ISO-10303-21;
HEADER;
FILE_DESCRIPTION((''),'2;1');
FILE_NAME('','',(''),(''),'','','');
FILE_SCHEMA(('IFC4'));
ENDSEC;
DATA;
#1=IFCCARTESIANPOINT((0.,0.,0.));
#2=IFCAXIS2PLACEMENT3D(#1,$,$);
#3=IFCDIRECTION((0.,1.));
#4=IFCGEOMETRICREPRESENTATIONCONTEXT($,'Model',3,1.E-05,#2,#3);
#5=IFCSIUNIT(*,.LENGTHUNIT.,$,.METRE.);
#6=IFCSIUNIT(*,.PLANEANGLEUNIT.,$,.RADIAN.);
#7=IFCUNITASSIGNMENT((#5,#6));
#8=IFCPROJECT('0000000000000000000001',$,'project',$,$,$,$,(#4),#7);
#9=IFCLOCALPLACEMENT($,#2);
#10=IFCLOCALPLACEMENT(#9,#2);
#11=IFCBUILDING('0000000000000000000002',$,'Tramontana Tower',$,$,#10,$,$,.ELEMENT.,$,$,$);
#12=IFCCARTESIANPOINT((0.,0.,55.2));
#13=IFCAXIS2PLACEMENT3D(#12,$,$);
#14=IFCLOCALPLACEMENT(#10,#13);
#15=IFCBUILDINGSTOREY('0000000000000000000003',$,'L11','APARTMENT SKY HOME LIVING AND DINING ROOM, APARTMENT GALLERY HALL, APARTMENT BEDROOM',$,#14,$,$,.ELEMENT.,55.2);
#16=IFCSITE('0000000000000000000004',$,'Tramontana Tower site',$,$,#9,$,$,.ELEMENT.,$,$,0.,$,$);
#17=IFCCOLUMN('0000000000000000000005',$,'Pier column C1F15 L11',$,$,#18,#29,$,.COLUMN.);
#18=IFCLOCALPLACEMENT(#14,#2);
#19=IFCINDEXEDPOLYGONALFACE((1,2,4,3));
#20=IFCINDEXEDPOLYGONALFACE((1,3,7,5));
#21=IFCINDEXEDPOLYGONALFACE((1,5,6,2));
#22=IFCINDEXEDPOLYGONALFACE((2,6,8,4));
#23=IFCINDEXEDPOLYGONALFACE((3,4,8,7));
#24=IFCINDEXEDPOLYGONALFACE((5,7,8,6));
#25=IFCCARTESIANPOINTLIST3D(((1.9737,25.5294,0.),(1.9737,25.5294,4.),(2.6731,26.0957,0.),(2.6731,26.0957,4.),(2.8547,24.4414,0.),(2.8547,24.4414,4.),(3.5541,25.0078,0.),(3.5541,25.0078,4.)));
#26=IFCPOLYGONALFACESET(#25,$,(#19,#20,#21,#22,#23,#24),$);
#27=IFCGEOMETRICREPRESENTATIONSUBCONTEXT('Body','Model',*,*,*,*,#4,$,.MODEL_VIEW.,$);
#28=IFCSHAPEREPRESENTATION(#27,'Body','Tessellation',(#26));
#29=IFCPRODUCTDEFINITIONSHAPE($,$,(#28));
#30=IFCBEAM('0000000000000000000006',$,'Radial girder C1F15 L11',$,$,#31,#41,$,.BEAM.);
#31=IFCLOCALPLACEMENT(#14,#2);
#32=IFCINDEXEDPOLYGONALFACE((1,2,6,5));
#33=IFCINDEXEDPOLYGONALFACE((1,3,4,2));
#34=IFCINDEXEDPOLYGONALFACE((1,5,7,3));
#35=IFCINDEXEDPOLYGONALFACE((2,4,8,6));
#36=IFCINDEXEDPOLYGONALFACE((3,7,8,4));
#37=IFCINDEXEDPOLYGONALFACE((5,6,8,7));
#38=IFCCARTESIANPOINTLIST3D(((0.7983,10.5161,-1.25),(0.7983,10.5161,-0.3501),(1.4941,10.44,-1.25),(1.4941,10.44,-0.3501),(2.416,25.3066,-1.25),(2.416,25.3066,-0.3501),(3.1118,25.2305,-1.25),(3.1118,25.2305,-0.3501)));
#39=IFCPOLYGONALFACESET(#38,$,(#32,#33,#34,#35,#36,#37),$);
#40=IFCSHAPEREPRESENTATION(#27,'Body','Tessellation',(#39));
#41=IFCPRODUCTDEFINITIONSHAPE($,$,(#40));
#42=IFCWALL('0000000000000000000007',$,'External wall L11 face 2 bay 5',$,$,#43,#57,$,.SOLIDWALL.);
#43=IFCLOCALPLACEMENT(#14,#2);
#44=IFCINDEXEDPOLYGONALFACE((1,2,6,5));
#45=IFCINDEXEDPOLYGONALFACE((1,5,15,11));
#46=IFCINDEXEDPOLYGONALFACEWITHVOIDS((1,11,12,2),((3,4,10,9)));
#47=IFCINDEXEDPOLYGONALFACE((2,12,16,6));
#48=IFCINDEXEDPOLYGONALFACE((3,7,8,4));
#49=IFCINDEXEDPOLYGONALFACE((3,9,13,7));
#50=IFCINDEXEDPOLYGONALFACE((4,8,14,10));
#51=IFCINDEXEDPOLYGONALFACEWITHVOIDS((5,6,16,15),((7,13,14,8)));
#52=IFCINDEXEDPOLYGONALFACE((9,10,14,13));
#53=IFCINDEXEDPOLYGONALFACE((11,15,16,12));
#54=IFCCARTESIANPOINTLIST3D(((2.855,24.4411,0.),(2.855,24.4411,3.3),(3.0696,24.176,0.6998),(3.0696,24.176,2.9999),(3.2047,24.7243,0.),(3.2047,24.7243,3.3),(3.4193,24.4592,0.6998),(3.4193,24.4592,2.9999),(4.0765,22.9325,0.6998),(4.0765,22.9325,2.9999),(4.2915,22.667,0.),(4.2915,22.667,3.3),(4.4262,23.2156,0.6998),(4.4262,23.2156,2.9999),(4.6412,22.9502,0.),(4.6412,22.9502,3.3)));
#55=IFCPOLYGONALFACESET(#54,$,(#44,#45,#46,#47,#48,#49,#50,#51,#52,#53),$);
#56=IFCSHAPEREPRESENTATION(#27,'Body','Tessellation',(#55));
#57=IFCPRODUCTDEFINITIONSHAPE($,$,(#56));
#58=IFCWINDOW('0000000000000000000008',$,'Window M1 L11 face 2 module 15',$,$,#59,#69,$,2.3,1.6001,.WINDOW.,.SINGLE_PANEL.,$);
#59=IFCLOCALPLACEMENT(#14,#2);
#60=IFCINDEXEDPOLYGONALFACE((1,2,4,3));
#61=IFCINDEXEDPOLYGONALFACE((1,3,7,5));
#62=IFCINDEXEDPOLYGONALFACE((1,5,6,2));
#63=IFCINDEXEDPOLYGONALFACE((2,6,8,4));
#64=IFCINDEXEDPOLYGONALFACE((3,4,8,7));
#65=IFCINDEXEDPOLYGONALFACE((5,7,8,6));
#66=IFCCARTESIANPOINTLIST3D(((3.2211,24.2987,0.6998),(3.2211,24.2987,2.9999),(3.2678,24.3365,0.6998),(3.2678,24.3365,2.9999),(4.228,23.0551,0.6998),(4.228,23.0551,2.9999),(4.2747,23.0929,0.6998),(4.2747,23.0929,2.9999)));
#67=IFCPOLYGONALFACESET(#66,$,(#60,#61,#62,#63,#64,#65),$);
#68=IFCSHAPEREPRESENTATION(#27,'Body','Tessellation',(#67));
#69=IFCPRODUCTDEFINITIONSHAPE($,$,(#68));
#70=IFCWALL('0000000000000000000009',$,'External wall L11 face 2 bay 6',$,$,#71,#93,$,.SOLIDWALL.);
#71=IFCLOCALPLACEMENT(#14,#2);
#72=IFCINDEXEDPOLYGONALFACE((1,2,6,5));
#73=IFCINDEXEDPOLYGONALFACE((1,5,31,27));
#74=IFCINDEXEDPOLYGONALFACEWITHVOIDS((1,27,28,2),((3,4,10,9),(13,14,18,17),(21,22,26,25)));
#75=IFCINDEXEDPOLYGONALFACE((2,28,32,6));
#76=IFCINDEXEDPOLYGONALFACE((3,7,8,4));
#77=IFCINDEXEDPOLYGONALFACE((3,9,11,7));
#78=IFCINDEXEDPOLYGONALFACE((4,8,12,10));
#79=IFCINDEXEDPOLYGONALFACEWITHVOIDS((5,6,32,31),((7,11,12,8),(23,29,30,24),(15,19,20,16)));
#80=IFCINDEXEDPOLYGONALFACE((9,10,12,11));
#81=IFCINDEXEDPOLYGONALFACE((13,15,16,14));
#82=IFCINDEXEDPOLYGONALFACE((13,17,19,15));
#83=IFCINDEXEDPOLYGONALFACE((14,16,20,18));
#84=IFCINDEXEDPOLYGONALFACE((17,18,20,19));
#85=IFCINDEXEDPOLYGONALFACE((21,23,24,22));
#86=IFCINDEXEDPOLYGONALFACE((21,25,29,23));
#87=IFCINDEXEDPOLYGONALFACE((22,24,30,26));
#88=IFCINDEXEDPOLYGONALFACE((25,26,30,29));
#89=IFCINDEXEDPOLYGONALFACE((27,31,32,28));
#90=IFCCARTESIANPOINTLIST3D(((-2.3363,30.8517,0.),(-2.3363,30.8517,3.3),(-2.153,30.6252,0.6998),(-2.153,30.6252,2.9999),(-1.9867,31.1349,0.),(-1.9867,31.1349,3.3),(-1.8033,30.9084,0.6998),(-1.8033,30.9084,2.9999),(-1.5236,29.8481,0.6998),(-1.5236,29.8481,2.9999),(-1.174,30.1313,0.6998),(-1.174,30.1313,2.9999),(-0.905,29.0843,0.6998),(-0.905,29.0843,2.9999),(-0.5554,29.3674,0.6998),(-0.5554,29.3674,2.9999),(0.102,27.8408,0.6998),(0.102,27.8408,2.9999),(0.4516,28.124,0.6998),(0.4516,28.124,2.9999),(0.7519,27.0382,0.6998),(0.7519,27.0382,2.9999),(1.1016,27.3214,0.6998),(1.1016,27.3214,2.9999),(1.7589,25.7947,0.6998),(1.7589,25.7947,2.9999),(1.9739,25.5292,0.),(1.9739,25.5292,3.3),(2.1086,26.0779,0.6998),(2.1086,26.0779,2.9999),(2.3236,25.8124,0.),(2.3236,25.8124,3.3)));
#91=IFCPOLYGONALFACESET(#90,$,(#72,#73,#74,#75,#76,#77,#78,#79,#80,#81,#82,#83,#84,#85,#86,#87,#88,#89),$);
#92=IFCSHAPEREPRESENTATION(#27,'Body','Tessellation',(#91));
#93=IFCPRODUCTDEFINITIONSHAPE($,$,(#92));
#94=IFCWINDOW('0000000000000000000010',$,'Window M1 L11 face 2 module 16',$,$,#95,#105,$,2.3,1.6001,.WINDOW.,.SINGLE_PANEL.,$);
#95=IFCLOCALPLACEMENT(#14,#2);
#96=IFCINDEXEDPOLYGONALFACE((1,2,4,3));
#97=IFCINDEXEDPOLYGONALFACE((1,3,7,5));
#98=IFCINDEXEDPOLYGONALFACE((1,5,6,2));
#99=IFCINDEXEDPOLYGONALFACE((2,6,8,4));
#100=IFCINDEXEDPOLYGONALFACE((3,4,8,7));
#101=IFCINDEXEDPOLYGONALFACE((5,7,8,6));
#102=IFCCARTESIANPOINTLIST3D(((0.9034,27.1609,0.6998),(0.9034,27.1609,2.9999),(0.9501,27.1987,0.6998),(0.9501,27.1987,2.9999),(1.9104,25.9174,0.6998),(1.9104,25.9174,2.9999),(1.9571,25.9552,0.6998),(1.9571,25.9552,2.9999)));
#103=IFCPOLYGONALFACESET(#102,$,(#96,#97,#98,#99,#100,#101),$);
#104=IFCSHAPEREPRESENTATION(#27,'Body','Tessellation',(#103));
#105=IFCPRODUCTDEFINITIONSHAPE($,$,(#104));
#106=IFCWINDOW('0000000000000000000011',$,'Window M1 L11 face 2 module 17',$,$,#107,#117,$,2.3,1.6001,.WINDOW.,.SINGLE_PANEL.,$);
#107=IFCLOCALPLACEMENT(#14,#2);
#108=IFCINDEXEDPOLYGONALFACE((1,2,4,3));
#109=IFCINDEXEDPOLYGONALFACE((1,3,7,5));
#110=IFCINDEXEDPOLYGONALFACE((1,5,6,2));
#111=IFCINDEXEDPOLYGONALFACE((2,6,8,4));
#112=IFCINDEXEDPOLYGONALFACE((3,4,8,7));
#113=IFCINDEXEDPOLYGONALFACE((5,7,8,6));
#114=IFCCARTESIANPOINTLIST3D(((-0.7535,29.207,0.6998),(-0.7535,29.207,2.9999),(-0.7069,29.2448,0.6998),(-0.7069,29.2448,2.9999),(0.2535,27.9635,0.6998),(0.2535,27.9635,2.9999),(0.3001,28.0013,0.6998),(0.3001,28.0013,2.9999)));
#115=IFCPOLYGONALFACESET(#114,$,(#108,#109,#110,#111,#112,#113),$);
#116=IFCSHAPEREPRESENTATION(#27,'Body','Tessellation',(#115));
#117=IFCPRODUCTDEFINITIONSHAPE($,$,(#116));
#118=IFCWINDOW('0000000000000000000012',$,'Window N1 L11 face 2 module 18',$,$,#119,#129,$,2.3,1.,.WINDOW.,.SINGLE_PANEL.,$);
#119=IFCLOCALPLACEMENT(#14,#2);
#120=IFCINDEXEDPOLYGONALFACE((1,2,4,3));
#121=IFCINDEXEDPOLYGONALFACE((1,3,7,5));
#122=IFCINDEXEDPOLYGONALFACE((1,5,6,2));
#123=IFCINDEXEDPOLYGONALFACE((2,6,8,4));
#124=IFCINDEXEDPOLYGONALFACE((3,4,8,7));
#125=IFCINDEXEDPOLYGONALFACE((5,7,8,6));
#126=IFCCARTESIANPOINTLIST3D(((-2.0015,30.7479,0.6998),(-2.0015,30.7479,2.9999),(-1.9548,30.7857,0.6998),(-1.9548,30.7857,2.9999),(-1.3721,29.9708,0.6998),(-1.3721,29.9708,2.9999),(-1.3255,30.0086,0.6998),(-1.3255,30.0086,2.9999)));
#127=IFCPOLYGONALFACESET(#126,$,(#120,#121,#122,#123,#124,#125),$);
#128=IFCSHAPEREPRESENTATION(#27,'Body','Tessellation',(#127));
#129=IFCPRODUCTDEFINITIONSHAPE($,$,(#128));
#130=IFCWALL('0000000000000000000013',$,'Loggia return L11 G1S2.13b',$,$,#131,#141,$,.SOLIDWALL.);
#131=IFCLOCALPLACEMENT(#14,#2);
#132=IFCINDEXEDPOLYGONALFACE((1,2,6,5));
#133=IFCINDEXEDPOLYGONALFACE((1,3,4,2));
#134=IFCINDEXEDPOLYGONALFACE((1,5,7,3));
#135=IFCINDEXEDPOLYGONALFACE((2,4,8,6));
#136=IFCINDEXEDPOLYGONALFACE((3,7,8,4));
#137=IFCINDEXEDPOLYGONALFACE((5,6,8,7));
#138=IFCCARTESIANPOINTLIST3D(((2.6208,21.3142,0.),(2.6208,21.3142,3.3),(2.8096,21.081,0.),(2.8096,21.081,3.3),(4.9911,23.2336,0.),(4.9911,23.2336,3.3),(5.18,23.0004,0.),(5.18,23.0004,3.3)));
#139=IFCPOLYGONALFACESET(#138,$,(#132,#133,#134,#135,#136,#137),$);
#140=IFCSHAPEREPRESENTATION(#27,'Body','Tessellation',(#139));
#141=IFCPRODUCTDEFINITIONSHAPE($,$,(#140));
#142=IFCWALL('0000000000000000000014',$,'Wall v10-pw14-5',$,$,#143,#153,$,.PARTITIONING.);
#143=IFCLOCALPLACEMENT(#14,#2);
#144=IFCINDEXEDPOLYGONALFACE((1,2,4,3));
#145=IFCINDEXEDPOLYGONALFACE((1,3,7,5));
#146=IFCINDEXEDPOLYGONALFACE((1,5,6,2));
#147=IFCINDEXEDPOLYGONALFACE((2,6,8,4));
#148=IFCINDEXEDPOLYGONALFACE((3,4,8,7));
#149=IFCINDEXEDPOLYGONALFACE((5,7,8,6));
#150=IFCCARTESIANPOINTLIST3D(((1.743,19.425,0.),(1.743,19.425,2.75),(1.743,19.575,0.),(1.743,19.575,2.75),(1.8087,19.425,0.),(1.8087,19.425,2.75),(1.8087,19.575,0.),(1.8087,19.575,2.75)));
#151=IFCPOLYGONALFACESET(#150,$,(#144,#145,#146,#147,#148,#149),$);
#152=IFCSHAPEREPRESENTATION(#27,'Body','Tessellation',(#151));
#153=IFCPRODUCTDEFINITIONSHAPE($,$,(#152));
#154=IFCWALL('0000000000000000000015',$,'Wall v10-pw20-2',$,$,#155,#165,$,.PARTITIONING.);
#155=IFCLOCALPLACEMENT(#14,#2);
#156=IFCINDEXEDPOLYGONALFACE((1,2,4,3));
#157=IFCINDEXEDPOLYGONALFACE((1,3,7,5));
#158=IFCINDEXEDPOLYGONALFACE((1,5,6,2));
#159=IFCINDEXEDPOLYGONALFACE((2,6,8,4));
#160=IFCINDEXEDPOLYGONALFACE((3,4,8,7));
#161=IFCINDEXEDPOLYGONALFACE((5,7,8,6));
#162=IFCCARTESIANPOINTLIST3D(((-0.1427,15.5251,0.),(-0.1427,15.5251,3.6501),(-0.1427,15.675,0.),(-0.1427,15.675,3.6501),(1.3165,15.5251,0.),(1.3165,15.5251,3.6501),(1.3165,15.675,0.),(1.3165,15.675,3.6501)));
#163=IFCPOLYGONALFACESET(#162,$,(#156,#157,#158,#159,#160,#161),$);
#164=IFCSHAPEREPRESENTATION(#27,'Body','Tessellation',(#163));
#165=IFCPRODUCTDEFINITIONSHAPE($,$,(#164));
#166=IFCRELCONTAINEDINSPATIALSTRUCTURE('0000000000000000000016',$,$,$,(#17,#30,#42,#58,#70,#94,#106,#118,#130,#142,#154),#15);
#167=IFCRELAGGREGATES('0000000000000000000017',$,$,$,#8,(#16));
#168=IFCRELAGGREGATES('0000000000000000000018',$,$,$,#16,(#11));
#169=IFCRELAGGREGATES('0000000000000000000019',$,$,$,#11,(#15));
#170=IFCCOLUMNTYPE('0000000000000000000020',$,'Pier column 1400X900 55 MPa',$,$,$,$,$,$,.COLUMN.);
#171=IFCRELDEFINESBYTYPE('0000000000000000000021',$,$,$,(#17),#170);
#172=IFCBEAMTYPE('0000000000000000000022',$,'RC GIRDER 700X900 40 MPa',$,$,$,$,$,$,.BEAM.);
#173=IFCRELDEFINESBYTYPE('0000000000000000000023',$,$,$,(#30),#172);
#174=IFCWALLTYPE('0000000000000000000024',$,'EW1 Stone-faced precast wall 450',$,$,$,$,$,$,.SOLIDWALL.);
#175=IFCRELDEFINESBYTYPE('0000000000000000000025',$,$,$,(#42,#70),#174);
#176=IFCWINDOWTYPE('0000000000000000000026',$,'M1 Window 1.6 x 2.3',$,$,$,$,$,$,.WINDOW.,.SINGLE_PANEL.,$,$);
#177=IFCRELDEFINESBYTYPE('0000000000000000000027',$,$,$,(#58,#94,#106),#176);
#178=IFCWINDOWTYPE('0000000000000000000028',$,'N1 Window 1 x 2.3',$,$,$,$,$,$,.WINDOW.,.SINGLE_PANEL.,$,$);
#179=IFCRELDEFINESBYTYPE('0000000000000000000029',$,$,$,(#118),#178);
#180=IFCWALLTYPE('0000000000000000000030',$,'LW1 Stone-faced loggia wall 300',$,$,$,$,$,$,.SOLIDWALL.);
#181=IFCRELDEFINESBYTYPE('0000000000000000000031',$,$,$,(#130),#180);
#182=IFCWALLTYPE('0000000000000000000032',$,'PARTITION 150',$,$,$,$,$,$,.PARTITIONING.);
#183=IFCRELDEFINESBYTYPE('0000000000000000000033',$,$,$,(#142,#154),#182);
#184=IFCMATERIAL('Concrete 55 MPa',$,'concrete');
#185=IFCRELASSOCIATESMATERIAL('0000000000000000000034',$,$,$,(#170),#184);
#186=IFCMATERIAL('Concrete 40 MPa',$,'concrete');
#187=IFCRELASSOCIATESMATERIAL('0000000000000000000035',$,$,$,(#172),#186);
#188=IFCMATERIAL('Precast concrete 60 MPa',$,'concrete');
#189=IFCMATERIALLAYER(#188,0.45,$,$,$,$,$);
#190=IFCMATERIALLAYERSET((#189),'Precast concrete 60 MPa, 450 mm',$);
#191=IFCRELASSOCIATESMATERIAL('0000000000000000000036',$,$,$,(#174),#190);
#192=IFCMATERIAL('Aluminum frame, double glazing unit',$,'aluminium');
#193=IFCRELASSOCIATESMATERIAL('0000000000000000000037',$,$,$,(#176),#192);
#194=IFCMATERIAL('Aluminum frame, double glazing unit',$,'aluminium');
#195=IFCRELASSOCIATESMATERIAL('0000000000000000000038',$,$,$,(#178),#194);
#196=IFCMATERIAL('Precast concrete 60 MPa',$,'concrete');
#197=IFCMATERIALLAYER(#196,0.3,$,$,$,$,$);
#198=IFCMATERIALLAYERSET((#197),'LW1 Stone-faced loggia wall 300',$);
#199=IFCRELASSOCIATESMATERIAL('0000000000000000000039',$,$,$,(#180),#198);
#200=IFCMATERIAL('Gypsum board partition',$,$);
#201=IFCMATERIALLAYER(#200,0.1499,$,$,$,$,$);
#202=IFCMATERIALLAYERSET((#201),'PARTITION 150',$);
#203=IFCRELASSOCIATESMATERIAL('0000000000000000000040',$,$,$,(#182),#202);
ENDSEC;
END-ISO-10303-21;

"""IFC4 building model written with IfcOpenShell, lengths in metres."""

from ifc_helpers import new_model, si_unit, direction, frame, frame_2d, origin, origin_2d, place, context, subcontext, project, spatial, rectangle, extrude, material, layer, layer_set, material_profile, profile_set, type_object, element, fill, save


model = new_model("IFC4")

# Units and contexts
model_context = context("Model", 3, precision=1e-05, world=origin(), true_north=direction((0.0, 1.0)))
body_context = subcontext(model_context, "Body", "Model", "MODEL_VIEW")
ifc_project = project(units=[si_unit("LENGTHUNIT", "METRE"), si_unit("PLANEANGLEUNIT", "RADIAN")], contexts=[model_context])

# Site, building, storey
site_placement = place(None, origin())
site = spatial("IfcSite", under=ifc_project, at=site_placement, Name="Tramontana Tower site", CompositionType="ELEMENT", RefElevation=0.0)
building_placement = place(site_placement, origin())
building = spatial("IfcBuilding", under=site, at=building_placement, Name="Tramontana Tower", CompositionType="ELEMENT")
storey_placement = place(building_placement, frame((0.0, 0.0, 55.2)))
storey = spatial("IfcBuildingStorey", under=building, at=storey_placement, Name="L11", Description="APARTMENT SKY HOME LIVING AND DINING ROOM, APARTMENT GALLERY HALL, APARTMENT BEDROOM", CompositionType="ELEMENT", Elevation=55.2)

# Column
ifc_material_1 = material(Name="Concrete 55 MPa", Category="concrete")
ifc_material_profile_1 = material_profile(ifc_material_1, rectangle(XDim=1.3999, YDim=0.8999, at=origin_2d()), Name="Pier column 1400X900 55 MPa")
ifc_profile_set_1 = profile_set([ifc_material_profile_1], Name="Concrete 55 MPa")
column_type = type_object("IfcColumnType", Name="Pier column 1400X900 55 MPa", PredefinedType="COLUMN", material=ifc_profile_set_1)
column_placement = place(storey_placement, frame((2.7639, 25.2686, 0.0), z_axis=(0.0, 0.0, 1.0), x_axis=(-0.62932, 0.777146, 0.0)))
element("IfcColumn", 1, at=column_placement, inside=storey, type_object=column_type, Name="Pier column C1F15 L11", PredefinedType="COLUMN", context=body_context, shape_type="SweptSolid", body=[
    extrude(rectangle(XDim=1.3999, YDim=0.8999, at=origin_2d()), origin(), (0.0, 0.0, 1.0), 4.0),
])

# Beam
ifc_material_2 = material(Name="Concrete 40 MPa", Category="concrete")
ifc_material_profile_2 = material_profile(ifc_material_2, rectangle(XDim=0.7, YDim=0.8999, at=origin_2d()), Name="RC GIRDER 700X900 40 MPa")
ifc_profile_set_2 = profile_set([ifc_material_profile_2], Name="Concrete 40 MPa")
beam_type = type_object("IfcBeamType", Name="RC GIRDER 700X900 40 MPa", PredefinedType="BEAM", material=ifc_profile_set_2)
beam_placement = place(storey_placement, frame((2.7639, 25.2686, -0.8), z_axis=(-0.108724, -0.994072, 0.0), x_axis=(0.994072, -0.108724, 0.0)))
element("IfcBeam", 2, at=beam_placement, inside=storey, type_object=beam_type, Name="Radial girder C1F15 L11", PredefinedType="BEAM", context=body_context, shape_type="SweptSolid", body=[
    extrude(rectangle(XDim=0.7, YDim=0.8999, at=origin_2d()), origin(), (0.0, 0.0, 1.0), 14.8787),
])

# Wall, opening, window
ifc_material_3 = material(Name="Precast concrete 60 MPa", Category="concrete")
ifc_layer_1 = layer(ifc_material_3, 0.45)
ifc_layer_set_1 = layer_set([ifc_layer_1], Name="Precast concrete 60 MPa, 450 mm")
wall_type_1 = type_object("IfcWallType", Name="EW1 Stone-faced precast wall 450", PredefinedType="SOLIDWALL", material=ifc_layer_set_1)
wall_1_placement = place(storey_placement, frame((4.4663, 22.8086, 0.0), z_axis=(0.0, 0.0, 1.0), x_axis=(-0.629275, 0.777183, 0.0)))
wall_1 = element("IfcWall", 3, at=wall_1_placement, inside=storey, type_object=wall_type_1, Name="External wall L11 face 2 bay 5", PredefinedType="SOLIDWALL", context=body_context, shape_type="SweptSolid", body=[
    extrude(rectangle(XDim=2.2827, YDim=0.45, at=frame_2d((1.1414, 0.0))), origin(), (0.0, 0.0, 1.0), 3.3),
])
opening_1_placement = place(wall_1_placement, frame((0.3416, 0.0, 0.7)))
opening_1 = element("IfcOpeningElement", 4, at=opening_1_placement, cuts=wall_1, PredefinedType="OPENING", context=body_context, shape_type="SweptSolid", body=[
    extrude(rectangle(XDim=1.6001, YDim=2.3, at=frame_2d((0.8, 1.1499))), frame((0.0, 0.2349, 0.0), z_axis=(0.0, -1.0, 0.0), x_axis=(1.0, 0.0, 0.0)), (0.0, 0.0, 1.0), 0.47),
])
ifc_material_4 = material(Name="Aluminum frame, double glazing unit", Category="aluminium")
window_type_1 = type_object("IfcWindowType", Name="M1 Window 1.6 x 2.3", PartitioningType="SINGLE_PANEL", PredefinedType="WINDOW", material=ifc_material_4)
window_1_placement = place(opening_1_placement, origin())
window_1 = element("IfcWindow", 5, at=window_1_placement, inside=storey, type_object=window_type_1, Name="Window M1 L11 face 2 module 15", OverallHeight=2.3, OverallWidth=1.6001, PartitioningType="SINGLE_PANEL", PredefinedType="WINDOW", context=body_context, shape_type="SweptSolid", body=[
    extrude(rectangle(XDim=1.6001, YDim=2.3, at=frame_2d((0.8, 1.1499))), frame((0.0, 0.03, 0.0), z_axis=(0.0, -1.0, 0.0), x_axis=(1.0, 0.0, 0.0)), (0.0, 0.0, 1.0), 0.0601),
])
fill(opening_1, window_1)

# Wall, openings, windows
wall_2_placement = place(storey_placement, frame((2.1487, 25.6709, 0.0), z_axis=(0.0, 0.0, 1.0), x_axis=(-0.62934, 0.77713, 0.0)))
wall_2 = element("IfcWall", 6, at=wall_2_placement, inside=storey, type_object=wall_type_1, Name="External wall L11 face 2 bay 6", PredefinedType="SOLIDWALL", context=body_context, shape_type="SweptSolid", body=[
    extrude(rectangle(XDim=6.8489, YDim=0.45, at=frame_2d((3.4243, 0.0))), origin(), (0.0, 0.0, 1.0), 3.3),
])
opening_2_placement = place(wall_2_placement, frame((0.3416, 0.0, 0.7)))
opening_2 = element("IfcOpeningElement", 7, at=opening_2_placement, cuts=wall_2, PredefinedType="OPENING", context=body_context, shape_type="SweptSolid", body=[
    extrude(rectangle(XDim=1.6001, YDim=2.3, at=frame_2d((0.8, 1.1499))), frame((0.0, 0.2349, 0.0), z_axis=(0.0, -1.0, 0.0), x_axis=(1.0, 0.0, 0.0)), (0.0, 0.0, 1.0), 0.47),
])
opening_3_placement = place(wall_2_placement, frame((2.9744, 0.0, 0.7)))
opening_3 = element("IfcOpeningElement", 8, at=opening_3_placement, cuts=wall_2, PredefinedType="OPENING", context=body_context, shape_type="SweptSolid", body=[
    extrude(rectangle(XDim=1.6001, YDim=2.3, at=frame_2d((0.8, 1.1499))), frame((0.0, 0.2349, 0.0), z_axis=(0.0, -1.0, 0.0), x_axis=(1.0, 0.0, 0.0)), (0.0, 0.0, 1.0), 0.47),
])
opening_4_placement = place(wall_2_placement, frame((5.5574, 0.0, 0.7)))
opening_4 = element("IfcOpeningElement", 9, at=opening_4_placement, cuts=wall_2, PredefinedType="OPENING", context=body_context, shape_type="SweptSolid", body=[
    extrude(rectangle(XDim=1.0, YDim=2.3, at=frame_2d((0.5, 1.1499))), frame((0.0, 0.2349, 0.0), z_axis=(0.0, -1.0, 0.0), x_axis=(1.0, 0.0, 0.0)), (0.0, 0.0, 1.0), 0.47),
])
window_2_placement = place(opening_2_placement, origin())
window_2 = element("IfcWindow", 10, at=window_2_placement, inside=storey, type_object=window_type_1, Name="Window M1 L11 face 2 module 16", OverallHeight=2.3, OverallWidth=1.6001, PartitioningType="SINGLE_PANEL", PredefinedType="WINDOW", context=body_context, shape_type="SweptSolid", body=[
    extrude(rectangle(XDim=1.6001, YDim=2.3, at=frame_2d((0.8, 1.1499))), frame((0.0, 0.03, 0.0), z_axis=(0.0, -1.0, 0.0), x_axis=(1.0, 0.0, 0.0)), (0.0, 0.0, 1.0), 0.0601),
])
fill(opening_2, window_2)
window_3_placement = place(opening_3_placement, origin())
window_3 = element("IfcWindow", 11, at=window_3_placement, inside=storey, type_object=window_type_1, Name="Window M1 L11 face 2 module 17", OverallHeight=2.3, OverallWidth=1.6001, PartitioningType="SINGLE_PANEL", PredefinedType="WINDOW", context=body_context, shape_type="SweptSolid", body=[
    extrude(rectangle(XDim=1.6001, YDim=2.3, at=frame_2d((0.8, 1.1499))), frame((0.0, 0.03, 0.0), z_axis=(0.0, -1.0, 0.0), x_axis=(1.0, 0.0, 0.0)), (0.0, 0.0, 1.0), 0.0601),
])
fill(opening_3, window_3)
ifc_material_5 = material(Name="Aluminum frame, double glazing unit", Category="aluminium")
window_type_2 = type_object("IfcWindowType", Name="N1 Window 1 x 2.3", PartitioningType="SINGLE_PANEL", PredefinedType="WINDOW", material=ifc_material_5)
window_4_placement = place(opening_4_placement, origin())
window_4 = element("IfcWindow", 12, at=window_4_placement, inside=storey, type_object=window_type_2, Name="Window N1 L11 face 2 module 18", OverallHeight=2.3, OverallWidth=1.0, PartitioningType="SINGLE_PANEL", PredefinedType="WINDOW", context=body_context, shape_type="SweptSolid", body=[
    extrude(rectangle(XDim=1.0, YDim=2.3, at=frame_2d((0.5, 1.1499))), frame((0.0, 0.03, 0.0), z_axis=(0.0, -1.0, 0.0), x_axis=(1.0, 0.0, 0.0)), (0.0, 0.0, 1.0), 0.0601),
])
fill(opening_4, window_4)

# Shared definitions
ifc_material_6 = material(Name="Precast concrete 60 MPa", Category="concrete")
ifc_layer_2 = layer(ifc_material_6, 0.3)
ifc_layer_set_2 = layer_set([ifc_layer_2], Name="LW1 Stone-faced loggia wall 300")
wall_type_2 = type_object("IfcWallType", Name="LW1 Stone-faced loggia wall 300", PredefinedType="SOLIDWALL", material=ifc_layer_set_2)

# Walls
wall_3_placement = place(storey_placement, frame((5.0854, 23.1169, 0.0), z_axis=(0.0, 0.0, 1.0), x_axis=(-0.777154, -0.629311, 0.0)))
element("IfcWall", 13, at=wall_3_placement, inside=storey, type_object=wall_type_2, Name="Loggia return L11 G1S2.13b", PredefinedType="SOLIDWALL", context=body_context, shape_type="SweptSolid", body=[
    extrude(rectangle(XDim=3.05, YDim=0.3, at=frame_2d((1.5249, 0.0))), origin(), (0.0, 0.0, 1.0), 3.3),
])
ifc_material_7 = material(Name="Gypsum board partition")
ifc_layer_3 = layer(ifc_material_7, 0.1499)
ifc_layer_set_3 = layer_set([ifc_layer_3], Name="PARTITION 150")
wall_type_3 = type_object("IfcWallType", Name="PARTITION 150", PredefinedType="PARTITIONING", material=ifc_layer_set_3)
wall_4_placement = place(storey_placement, frame((1.7432, 19.5, 0.0), z_axis=(0.0, 0.0, 1.0), x_axis=(1.0, 0.0, 0.0)))
element("IfcWall", 14, at=wall_4_placement, inside=storey, type_object=wall_type_3, Name="Wall v10-pw14-5", PredefinedType="PARTITIONING", context=body_context, shape_type="SweptSolid", body=[
    extrude(rectangle(XDim=0.0657, YDim=0.1499, at=frame_2d((0.0327, 0.0))), origin(), (0.0, 0.0, 1.0), 2.75),
])
wall_5_placement = place(storey_placement, frame((-0.1426, 15.6001, 0.0), z_axis=(0.0, 0.0, 1.0), x_axis=(1.0, 0.0, 0.0)))
element("IfcWall", 15, at=wall_5_placement, inside=storey, type_object=wall_type_3, Name="Wall v10-pw20-2", PredefinedType="PARTITIONING", context=body_context, shape_type="SweptSolid", body=[
    extrude(rectangle(XDim=1.4592, YDim=0.1499, at=frame_2d((0.7295, 0.0))), origin(), (0.0, 0.0, 1.0), 3.6501),
])

save(model, "model.ifc")
